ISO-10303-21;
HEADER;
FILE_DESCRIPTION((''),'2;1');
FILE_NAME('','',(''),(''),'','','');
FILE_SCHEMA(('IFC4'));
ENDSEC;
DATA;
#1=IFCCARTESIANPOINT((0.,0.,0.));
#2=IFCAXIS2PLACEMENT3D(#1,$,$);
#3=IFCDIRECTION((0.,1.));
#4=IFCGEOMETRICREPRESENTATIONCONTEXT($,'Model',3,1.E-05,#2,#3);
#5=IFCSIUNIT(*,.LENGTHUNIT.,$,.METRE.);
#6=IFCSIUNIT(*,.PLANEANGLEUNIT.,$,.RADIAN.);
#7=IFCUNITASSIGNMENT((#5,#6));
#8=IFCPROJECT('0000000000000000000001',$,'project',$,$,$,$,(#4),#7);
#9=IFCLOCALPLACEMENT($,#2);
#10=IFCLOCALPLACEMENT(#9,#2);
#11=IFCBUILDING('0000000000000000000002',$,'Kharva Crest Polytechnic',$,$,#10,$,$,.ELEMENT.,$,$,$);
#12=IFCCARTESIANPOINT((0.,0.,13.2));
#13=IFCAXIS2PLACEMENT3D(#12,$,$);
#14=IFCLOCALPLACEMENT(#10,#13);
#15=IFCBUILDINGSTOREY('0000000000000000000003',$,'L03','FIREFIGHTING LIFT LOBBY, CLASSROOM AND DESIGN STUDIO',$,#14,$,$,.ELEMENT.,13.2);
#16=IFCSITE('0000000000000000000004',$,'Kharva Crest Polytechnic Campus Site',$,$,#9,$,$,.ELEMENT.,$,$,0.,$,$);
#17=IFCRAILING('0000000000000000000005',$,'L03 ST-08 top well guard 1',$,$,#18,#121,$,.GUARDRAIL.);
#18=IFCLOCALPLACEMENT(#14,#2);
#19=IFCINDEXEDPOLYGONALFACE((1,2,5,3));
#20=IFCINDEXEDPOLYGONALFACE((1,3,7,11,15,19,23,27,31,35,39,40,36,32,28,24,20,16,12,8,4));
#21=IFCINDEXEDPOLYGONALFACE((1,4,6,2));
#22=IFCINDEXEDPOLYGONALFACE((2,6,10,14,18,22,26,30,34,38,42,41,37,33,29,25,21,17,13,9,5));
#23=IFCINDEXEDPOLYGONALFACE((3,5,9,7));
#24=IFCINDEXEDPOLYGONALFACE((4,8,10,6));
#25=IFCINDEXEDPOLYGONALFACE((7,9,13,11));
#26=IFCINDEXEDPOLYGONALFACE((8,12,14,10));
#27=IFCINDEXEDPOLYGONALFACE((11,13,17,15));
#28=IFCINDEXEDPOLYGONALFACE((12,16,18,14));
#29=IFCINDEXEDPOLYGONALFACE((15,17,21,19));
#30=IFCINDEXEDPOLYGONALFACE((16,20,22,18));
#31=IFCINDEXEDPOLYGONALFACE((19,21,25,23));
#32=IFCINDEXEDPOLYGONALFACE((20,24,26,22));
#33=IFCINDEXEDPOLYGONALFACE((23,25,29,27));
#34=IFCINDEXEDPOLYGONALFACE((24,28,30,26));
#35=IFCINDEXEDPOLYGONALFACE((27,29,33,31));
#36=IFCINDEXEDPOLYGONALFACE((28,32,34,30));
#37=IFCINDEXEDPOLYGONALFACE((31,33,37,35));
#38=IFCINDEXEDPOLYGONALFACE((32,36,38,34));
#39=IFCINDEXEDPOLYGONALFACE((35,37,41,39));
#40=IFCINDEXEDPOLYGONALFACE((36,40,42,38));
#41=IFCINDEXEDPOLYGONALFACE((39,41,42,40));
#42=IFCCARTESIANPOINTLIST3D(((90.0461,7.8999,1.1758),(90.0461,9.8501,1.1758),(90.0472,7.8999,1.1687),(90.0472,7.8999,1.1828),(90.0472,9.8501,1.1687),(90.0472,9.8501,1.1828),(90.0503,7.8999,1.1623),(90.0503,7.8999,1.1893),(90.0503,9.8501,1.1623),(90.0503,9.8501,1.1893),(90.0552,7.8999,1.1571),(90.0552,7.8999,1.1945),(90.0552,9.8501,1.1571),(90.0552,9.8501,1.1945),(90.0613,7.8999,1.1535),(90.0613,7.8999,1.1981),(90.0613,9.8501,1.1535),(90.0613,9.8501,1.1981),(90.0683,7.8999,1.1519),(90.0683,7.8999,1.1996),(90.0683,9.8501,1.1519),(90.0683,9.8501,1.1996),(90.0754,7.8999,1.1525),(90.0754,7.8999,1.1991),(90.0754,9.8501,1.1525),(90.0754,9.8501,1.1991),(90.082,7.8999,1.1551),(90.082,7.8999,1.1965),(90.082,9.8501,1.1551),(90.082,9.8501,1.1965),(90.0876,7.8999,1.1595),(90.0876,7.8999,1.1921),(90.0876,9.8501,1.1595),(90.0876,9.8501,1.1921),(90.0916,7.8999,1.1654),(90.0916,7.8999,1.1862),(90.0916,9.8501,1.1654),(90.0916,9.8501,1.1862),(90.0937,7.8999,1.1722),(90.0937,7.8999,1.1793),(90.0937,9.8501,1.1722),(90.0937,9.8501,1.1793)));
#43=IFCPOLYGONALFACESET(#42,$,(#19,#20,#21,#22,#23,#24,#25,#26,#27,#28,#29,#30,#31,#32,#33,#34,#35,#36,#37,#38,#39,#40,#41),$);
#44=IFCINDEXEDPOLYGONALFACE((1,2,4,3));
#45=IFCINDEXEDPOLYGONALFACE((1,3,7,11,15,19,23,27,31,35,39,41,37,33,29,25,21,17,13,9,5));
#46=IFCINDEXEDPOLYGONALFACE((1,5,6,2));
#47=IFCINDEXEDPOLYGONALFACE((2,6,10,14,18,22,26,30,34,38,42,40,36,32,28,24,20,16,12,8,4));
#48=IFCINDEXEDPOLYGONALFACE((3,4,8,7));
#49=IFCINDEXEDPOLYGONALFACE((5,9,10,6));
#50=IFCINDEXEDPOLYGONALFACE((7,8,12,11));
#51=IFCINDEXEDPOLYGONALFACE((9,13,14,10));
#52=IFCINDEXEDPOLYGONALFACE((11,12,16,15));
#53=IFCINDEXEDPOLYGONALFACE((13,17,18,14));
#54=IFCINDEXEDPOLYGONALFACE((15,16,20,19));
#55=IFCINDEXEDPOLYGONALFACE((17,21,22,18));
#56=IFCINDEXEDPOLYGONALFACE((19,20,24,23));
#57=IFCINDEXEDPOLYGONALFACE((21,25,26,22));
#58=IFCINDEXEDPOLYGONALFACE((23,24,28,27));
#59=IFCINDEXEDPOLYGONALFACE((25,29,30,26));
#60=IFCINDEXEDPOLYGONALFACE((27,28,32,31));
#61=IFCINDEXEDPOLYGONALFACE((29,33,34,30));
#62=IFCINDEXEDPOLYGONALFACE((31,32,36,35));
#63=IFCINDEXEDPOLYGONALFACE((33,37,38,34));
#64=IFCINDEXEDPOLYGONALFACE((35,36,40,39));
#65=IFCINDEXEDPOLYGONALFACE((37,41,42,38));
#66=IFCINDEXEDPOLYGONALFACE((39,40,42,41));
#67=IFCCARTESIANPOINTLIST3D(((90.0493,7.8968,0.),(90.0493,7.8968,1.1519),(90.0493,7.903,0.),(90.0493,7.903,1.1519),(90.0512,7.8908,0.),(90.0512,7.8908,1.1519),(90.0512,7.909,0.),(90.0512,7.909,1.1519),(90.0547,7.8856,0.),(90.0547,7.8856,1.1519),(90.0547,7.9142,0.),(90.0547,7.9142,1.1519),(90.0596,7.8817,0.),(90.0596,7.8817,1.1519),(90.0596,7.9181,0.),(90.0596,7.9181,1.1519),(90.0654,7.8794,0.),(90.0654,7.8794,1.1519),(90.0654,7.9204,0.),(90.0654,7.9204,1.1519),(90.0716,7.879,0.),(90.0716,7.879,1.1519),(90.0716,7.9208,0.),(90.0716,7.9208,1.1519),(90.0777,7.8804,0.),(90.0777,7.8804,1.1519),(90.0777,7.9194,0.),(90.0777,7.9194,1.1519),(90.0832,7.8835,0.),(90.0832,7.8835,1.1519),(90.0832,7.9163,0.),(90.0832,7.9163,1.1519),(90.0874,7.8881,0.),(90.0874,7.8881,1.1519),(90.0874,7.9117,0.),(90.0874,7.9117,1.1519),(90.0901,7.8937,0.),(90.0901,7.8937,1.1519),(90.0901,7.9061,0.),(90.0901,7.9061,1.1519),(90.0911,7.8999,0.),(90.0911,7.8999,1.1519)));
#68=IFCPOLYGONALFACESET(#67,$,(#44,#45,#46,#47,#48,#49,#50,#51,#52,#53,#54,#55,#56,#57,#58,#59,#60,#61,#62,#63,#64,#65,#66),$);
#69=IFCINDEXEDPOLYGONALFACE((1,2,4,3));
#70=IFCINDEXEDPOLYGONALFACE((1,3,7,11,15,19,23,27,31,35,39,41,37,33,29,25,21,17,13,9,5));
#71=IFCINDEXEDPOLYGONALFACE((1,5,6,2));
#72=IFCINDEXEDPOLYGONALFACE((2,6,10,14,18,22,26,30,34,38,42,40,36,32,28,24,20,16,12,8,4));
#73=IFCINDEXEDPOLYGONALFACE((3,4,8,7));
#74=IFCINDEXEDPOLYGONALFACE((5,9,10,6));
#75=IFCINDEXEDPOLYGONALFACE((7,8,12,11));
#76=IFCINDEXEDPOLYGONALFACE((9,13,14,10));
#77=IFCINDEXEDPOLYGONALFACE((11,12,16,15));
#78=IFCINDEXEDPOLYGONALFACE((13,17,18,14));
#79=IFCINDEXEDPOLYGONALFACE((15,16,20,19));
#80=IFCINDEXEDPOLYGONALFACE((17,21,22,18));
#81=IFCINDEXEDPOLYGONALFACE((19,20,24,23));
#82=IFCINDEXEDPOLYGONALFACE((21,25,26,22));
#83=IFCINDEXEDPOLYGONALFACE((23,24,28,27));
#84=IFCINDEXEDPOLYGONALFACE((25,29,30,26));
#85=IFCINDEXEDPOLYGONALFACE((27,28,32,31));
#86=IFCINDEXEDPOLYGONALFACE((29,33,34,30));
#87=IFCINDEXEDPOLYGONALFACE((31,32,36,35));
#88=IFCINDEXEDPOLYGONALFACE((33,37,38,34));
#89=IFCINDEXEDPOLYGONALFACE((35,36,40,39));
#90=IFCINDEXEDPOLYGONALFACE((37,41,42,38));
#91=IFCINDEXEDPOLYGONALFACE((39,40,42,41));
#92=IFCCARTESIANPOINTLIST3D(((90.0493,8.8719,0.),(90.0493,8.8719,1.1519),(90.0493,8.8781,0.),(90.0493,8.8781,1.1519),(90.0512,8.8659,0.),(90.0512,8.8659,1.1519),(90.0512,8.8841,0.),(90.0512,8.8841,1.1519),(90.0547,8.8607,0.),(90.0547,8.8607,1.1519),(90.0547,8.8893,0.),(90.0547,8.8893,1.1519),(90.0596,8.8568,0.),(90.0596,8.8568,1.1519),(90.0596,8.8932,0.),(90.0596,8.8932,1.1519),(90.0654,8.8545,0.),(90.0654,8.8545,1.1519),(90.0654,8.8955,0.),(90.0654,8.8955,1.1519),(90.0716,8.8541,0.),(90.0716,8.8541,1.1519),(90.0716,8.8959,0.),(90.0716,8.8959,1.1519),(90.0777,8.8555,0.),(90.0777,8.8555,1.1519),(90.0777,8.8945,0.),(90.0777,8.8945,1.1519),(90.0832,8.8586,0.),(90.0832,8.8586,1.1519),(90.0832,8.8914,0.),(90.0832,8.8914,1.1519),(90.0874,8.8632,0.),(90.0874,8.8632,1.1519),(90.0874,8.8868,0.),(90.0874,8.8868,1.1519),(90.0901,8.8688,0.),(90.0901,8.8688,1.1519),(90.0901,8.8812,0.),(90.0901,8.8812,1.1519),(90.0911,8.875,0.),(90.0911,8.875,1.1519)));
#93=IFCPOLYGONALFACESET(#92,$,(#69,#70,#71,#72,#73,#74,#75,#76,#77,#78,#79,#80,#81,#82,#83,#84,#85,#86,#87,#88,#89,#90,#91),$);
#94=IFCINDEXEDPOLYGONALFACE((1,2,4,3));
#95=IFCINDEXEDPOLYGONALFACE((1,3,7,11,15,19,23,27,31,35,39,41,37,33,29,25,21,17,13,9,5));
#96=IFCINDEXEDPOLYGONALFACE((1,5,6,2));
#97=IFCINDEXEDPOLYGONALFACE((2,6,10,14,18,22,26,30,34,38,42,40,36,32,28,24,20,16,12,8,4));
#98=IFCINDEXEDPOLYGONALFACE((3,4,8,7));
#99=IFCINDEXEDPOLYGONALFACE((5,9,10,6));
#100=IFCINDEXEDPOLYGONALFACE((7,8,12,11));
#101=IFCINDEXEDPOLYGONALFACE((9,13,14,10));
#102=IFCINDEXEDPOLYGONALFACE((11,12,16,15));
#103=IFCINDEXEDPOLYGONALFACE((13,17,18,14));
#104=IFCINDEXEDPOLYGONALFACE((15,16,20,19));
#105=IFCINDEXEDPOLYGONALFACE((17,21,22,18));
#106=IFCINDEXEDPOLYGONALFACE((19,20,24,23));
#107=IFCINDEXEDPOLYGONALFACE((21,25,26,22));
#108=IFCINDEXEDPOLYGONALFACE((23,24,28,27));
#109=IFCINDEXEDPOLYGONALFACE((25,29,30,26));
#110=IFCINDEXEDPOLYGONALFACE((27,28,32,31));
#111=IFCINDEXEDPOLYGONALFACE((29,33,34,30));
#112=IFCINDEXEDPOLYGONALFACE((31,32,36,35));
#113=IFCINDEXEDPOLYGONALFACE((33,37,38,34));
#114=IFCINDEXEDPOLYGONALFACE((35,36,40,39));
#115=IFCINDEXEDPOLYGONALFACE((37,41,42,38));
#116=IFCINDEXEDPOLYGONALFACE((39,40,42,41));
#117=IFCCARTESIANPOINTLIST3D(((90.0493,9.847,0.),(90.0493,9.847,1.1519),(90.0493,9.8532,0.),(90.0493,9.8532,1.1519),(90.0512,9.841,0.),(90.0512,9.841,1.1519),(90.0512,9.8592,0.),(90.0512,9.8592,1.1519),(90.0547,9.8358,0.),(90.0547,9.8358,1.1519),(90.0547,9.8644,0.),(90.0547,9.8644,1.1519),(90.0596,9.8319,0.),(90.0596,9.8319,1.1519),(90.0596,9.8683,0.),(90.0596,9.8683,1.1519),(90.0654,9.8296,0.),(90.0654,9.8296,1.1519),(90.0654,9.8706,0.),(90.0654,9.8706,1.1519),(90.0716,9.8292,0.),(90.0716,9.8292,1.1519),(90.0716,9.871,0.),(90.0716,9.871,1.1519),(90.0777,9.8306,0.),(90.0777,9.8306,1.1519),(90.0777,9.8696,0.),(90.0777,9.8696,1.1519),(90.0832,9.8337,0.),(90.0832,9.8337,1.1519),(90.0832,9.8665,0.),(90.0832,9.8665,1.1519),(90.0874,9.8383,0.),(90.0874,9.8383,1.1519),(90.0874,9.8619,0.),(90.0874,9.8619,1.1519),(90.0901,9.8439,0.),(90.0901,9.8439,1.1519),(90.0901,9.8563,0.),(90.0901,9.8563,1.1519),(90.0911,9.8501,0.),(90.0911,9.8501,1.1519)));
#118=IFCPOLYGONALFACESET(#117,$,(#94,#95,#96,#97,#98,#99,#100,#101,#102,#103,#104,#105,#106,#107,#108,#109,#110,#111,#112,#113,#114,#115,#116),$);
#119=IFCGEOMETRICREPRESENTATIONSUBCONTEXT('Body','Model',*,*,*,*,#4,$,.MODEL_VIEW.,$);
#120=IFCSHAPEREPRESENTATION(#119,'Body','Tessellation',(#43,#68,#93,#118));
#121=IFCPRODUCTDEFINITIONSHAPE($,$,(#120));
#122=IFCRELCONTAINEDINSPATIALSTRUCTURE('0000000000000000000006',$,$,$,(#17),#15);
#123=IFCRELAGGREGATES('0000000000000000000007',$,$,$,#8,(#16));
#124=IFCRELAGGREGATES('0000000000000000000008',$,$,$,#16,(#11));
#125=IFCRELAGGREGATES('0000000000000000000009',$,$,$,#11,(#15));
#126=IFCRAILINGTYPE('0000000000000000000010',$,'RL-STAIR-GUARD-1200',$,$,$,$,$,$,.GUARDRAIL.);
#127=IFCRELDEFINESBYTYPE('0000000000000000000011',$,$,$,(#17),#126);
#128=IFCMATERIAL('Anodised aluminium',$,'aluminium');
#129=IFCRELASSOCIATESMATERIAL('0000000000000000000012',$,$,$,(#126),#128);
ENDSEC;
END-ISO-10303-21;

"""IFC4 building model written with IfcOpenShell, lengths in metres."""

from ifc_helpers import new_model, si_unit, direction, frame, origin, origin_2d, place, context, subcontext, project, spatial, circle, extrude, material, type_object, element, save


model = new_model("IFC4")

# Units and contexts
model_context = context("Model", 3, precision=1e-05, world=origin(), true_north=direction((0.0, 1.0)))
body_context = subcontext(model_context, "Body", "Model", "MODEL_VIEW")
ifc_project = project(units=[si_unit("LENGTHUNIT", "METRE"), si_unit("PLANEANGLEUNIT", "RADIAN")], contexts=[model_context])

# Site, building, storey
site_placement = place(None, origin())
site = spatial("IfcSite", under=ifc_project, at=site_placement, Name="Kharva Crest Polytechnic Campus Site", CompositionType="ELEMENT", RefElevation=0.0)
building_placement = place(site_placement, origin())
building = spatial("IfcBuilding", under=site, at=building_placement, Name="Kharva Crest Polytechnic", CompositionType="ELEMENT")
storey_placement = place(building_placement, frame((0.0, 0.0, 13.2)))
storey = spatial("IfcBuildingStorey", under=building, at=storey_placement, Name="L03", Description="FIREFIGHTING LIFT LOBBY, CLASSROOM AND DESIGN STUDIO", CompositionType="ELEMENT", Elevation=13.2)

# Railing
ifc_material_1 = material(Name="Anodised aluminium", Category="aluminium")
railing_type = type_object("IfcRailingType", Name="RL-STAIR-GUARD-1200", PredefinedType="GUARDRAIL", material=ifc_material_1)
railing_placement = place(storey_placement, frame((90.0701, 7.8999, 0.0)))
element("IfcRailing", 1, at=railing_placement, inside=storey, type_object=railing_type, Name="L03 ST-08 top well guard 1", PredefinedType="GUARDRAIL", context=body_context, shape_type="SweptSolid", body=[
    extrude(circle(Radius=0.0239, at=origin_2d()), frame((0.0, 0.0, 1.1758), z_axis=(0.0, 1.0, 0.0), x_axis=(-1.0, 0.0, 0.0)), (0.0, 0.0, 1.0), 1.9502),
    extrude(circle(Radius=0.021, at=origin_2d()), origin(), (0.0, 0.0, 1.0), 1.1519),
    extrude(circle(Radius=0.021, at=origin_2d()), frame((0.0, 0.9751, 0.0)), (0.0, 0.0, 1.0), 1.1519),
    extrude(circle(Radius=0.021, at=origin_2d()), frame((0.0, 1.9502, 0.0)), (0.0, 0.0, 1.0), 1.1519),
])

save(model, "model.ifc")
